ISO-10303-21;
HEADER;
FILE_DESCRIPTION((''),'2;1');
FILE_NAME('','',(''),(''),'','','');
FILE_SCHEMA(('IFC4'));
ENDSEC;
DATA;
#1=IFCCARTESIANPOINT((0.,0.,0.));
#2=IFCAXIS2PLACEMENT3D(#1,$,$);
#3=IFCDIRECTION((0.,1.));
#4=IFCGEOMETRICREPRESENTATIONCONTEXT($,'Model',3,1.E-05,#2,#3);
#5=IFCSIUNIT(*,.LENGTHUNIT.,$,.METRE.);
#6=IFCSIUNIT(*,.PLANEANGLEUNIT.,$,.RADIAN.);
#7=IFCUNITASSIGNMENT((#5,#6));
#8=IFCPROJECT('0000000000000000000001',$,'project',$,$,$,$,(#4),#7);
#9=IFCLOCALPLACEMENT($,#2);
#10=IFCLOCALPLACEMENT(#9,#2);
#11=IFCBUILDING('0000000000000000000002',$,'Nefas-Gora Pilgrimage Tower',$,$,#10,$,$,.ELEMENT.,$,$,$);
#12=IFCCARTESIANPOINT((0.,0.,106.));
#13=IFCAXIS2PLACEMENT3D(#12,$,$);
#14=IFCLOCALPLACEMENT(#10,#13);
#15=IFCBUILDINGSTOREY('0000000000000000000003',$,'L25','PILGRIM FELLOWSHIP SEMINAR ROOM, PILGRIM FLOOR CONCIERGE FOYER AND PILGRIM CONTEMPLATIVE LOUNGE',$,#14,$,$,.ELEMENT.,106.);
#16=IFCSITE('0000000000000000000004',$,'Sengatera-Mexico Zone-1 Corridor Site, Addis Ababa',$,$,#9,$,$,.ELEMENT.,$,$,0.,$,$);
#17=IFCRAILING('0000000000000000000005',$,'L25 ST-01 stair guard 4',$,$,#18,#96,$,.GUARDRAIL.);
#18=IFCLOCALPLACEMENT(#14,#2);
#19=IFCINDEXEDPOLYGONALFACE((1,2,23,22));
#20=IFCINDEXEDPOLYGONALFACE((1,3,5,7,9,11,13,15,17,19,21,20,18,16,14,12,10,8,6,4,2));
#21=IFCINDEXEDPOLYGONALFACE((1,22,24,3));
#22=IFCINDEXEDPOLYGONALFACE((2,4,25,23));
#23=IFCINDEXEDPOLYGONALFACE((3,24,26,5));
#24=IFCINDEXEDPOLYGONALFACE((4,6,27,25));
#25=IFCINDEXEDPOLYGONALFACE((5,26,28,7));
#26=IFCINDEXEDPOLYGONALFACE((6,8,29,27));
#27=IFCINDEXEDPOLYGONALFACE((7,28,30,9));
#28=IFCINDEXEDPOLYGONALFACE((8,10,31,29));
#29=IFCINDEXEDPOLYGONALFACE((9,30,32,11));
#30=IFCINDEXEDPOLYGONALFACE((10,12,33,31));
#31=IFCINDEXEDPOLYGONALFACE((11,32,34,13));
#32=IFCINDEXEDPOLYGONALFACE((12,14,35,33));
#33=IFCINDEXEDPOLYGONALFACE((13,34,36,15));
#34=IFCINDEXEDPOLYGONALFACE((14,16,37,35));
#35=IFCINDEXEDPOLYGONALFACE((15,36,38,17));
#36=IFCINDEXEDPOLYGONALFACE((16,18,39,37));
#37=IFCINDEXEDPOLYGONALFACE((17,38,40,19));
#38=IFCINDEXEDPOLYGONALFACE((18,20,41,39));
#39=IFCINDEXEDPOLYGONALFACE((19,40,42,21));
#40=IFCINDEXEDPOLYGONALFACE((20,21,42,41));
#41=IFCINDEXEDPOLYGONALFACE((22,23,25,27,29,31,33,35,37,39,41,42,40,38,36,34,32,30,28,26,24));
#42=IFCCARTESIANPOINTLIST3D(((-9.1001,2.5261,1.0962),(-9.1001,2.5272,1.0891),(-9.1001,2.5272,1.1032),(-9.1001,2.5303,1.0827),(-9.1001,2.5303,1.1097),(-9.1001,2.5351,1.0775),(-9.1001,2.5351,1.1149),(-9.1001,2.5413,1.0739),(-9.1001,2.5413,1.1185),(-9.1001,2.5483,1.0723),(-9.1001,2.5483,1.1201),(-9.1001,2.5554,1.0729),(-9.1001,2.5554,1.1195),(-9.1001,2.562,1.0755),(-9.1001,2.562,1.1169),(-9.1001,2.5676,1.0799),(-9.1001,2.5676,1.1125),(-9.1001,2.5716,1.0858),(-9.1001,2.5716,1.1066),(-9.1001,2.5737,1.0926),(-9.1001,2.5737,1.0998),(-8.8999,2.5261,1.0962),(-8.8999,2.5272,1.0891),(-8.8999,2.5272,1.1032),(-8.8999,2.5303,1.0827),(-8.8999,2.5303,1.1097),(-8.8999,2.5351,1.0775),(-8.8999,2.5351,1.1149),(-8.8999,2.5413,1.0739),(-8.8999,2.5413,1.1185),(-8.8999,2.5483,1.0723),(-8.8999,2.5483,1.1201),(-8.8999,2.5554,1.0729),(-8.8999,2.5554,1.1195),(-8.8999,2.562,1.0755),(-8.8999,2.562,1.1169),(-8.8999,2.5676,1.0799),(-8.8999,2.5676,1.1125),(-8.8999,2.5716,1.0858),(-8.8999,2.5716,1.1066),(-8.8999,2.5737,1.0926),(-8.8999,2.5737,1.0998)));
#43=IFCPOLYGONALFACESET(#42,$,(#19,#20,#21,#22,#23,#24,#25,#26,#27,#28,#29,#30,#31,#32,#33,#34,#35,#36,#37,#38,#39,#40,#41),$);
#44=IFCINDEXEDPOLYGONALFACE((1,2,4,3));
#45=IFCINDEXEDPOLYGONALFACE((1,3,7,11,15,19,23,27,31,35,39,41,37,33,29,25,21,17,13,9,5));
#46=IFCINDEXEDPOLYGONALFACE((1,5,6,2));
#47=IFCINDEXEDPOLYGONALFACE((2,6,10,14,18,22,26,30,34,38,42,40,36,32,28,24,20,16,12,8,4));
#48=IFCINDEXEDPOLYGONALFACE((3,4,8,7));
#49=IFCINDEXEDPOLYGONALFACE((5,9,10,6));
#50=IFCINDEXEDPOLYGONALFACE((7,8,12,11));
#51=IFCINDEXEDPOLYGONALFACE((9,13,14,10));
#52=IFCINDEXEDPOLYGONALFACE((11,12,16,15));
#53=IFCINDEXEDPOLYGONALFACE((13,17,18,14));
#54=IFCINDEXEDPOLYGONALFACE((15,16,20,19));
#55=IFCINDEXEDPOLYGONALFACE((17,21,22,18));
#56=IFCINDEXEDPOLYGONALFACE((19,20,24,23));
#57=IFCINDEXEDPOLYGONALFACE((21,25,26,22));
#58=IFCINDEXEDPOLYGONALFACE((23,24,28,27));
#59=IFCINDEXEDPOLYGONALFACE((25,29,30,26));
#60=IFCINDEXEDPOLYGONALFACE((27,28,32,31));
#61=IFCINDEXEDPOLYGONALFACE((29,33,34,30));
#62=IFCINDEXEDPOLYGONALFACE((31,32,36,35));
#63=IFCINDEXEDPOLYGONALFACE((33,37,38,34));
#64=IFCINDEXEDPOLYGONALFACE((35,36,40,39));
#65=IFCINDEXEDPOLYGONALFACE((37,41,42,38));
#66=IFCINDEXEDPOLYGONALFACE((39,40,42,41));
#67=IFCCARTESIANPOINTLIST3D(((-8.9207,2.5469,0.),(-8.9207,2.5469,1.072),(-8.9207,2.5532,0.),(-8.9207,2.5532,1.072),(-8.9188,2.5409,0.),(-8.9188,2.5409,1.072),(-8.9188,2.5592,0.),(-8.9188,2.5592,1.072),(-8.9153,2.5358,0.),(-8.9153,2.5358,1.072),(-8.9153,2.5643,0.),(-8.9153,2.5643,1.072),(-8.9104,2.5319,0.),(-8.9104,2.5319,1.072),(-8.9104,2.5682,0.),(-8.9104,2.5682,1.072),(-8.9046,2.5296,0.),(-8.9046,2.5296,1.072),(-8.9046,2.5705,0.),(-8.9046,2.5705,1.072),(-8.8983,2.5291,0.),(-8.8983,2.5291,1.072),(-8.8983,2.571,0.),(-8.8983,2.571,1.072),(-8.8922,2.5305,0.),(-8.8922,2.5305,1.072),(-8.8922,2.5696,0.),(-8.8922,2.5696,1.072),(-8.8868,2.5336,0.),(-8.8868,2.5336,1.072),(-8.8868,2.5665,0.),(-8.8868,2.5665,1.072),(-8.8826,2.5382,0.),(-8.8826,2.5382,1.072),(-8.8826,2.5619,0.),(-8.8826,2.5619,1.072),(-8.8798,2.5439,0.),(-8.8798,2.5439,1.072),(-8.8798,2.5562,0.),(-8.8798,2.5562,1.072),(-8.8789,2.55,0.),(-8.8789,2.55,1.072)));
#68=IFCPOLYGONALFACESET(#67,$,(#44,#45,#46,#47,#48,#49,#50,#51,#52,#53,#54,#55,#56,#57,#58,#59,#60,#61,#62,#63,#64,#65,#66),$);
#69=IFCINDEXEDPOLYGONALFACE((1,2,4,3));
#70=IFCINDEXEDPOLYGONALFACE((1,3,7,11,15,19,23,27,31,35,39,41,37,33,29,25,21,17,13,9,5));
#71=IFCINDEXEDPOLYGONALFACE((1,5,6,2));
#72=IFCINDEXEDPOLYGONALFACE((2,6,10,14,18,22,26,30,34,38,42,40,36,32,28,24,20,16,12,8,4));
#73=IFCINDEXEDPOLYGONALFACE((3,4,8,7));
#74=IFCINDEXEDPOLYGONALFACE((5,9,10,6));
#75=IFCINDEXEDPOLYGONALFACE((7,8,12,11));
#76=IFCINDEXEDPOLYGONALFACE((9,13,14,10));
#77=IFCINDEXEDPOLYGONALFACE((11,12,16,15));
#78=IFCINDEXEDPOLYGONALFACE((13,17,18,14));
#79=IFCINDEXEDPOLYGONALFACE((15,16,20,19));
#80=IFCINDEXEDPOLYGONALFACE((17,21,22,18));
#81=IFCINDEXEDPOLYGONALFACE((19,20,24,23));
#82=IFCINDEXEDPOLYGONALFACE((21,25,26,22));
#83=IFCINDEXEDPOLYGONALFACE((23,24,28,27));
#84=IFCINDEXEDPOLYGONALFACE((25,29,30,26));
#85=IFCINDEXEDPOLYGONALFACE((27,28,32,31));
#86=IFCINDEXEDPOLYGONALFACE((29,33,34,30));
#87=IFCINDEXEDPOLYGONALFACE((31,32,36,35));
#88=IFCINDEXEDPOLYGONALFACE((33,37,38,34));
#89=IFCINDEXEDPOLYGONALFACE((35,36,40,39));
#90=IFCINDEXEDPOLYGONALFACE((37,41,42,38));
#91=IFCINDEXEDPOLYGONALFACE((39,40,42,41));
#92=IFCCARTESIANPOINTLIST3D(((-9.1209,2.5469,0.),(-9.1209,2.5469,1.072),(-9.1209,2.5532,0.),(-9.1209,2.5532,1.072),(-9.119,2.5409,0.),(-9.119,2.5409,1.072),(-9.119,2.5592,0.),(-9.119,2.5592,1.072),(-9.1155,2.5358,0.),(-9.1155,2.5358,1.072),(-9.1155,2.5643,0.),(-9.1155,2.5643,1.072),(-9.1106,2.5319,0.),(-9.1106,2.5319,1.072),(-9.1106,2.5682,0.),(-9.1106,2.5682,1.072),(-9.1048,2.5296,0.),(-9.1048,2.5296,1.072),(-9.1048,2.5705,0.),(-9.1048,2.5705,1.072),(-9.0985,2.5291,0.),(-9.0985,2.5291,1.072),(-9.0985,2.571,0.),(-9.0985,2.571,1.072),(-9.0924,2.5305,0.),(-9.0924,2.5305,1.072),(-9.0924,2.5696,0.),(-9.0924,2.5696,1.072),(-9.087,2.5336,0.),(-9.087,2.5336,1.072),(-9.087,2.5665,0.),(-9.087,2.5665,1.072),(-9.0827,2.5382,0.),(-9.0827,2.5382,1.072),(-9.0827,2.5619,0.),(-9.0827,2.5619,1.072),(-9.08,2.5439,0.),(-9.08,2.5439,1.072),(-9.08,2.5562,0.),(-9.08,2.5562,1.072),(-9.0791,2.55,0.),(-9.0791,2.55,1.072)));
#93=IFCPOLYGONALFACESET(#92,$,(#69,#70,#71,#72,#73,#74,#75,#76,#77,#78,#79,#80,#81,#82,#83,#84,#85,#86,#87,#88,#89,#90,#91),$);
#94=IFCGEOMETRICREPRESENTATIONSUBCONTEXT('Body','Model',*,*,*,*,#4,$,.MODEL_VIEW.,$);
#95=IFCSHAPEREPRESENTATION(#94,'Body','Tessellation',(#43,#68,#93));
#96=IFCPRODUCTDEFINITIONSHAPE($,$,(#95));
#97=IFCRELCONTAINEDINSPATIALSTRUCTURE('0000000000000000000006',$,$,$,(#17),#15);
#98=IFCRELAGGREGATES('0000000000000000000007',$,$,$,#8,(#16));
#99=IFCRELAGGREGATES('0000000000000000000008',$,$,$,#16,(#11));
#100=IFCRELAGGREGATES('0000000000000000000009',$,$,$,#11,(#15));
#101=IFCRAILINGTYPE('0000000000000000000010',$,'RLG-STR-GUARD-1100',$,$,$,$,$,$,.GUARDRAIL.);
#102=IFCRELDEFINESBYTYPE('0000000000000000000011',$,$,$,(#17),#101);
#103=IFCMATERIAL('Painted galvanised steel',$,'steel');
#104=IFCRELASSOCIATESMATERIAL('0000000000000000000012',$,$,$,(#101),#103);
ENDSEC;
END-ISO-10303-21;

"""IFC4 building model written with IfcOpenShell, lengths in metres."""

from ifc_helpers import new_model, si_unit, direction, frame, origin, origin_2d, place, context, subcontext, project, spatial, circle, extrude, material, type_object, element, save


model = new_model("IFC4")

# Units and contexts
model_context = context("Model", 3, precision=1e-05, world=origin(), true_north=direction((0.0, 1.0)))
body_context = subcontext(model_context, "Body", "Model", "MODEL_VIEW")
ifc_project = project(units=[si_unit("LENGTHUNIT", "METRE"), si_unit("PLANEANGLEUNIT", "RADIAN")], contexts=[model_context])

# Site, building, storey
site_placement = place(None, origin())
site = spatial("IfcSite", under=ifc_project, at=site_placement, Name="Sengatera-Mexico Zone-1 Corridor Site, Addis Ababa", CompositionType="ELEMENT", RefElevation=0.0)
building_placement = place(site_placement, origin())
building = spatial("IfcBuilding", under=site, at=building_placement, Name="Nefas-Gora Pilgrimage Tower", CompositionType="ELEMENT")
storey_placement = place(building_placement, frame((0.0, 0.0, 106.0)))
storey = spatial("IfcBuildingStorey", under=building, at=storey_placement, Name="L25", Description="PILGRIM FELLOWSHIP SEMINAR ROOM, PILGRIM FLOOR CONCIERGE FOYER AND PILGRIM CONTEMPLATIVE LOUNGE", CompositionType="ELEMENT", Elevation=106.0)

# Railing
ifc_material_1 = material(Name="Painted galvanised steel", Category="steel")
railing_type_1 = type_object("IfcRailingType", Name="RLG-STR-GUARD-1100", PredefinedType="GUARDRAIL", material=ifc_material_1)
railing_1_placement = place(storey_placement, frame((-8.8999, 2.55, 0.0)))
element("IfcRailing", 1, at=railing_1_placement, inside=storey, type_object=railing_type_1, Name="L25 ST-01 stair guard 4", PredefinedType="GUARDRAIL", context=body_context, shape_type="SweptSolid", body=[
    extrude(circle(Radius=0.0239, at=origin_2d()), frame((0.0, 0.0, 1.0962), z_axis=(-1.0, 0.0, 0.0), x_axis=(0.0, -1.0, 0.0)), (0.0, 0.0, 1.0), 0.2002),
    extrude(circle(Radius=0.021, at=origin_2d()), origin(), (0.0, 0.0, 1.0), 1.072),
    extrude(circle(Radius=0.021, at=origin_2d()), frame((-0.2002, 0.0, 0.0)), (0.0, 0.0, 1.0), 1.072),
])

save(model, "model.ifc")
